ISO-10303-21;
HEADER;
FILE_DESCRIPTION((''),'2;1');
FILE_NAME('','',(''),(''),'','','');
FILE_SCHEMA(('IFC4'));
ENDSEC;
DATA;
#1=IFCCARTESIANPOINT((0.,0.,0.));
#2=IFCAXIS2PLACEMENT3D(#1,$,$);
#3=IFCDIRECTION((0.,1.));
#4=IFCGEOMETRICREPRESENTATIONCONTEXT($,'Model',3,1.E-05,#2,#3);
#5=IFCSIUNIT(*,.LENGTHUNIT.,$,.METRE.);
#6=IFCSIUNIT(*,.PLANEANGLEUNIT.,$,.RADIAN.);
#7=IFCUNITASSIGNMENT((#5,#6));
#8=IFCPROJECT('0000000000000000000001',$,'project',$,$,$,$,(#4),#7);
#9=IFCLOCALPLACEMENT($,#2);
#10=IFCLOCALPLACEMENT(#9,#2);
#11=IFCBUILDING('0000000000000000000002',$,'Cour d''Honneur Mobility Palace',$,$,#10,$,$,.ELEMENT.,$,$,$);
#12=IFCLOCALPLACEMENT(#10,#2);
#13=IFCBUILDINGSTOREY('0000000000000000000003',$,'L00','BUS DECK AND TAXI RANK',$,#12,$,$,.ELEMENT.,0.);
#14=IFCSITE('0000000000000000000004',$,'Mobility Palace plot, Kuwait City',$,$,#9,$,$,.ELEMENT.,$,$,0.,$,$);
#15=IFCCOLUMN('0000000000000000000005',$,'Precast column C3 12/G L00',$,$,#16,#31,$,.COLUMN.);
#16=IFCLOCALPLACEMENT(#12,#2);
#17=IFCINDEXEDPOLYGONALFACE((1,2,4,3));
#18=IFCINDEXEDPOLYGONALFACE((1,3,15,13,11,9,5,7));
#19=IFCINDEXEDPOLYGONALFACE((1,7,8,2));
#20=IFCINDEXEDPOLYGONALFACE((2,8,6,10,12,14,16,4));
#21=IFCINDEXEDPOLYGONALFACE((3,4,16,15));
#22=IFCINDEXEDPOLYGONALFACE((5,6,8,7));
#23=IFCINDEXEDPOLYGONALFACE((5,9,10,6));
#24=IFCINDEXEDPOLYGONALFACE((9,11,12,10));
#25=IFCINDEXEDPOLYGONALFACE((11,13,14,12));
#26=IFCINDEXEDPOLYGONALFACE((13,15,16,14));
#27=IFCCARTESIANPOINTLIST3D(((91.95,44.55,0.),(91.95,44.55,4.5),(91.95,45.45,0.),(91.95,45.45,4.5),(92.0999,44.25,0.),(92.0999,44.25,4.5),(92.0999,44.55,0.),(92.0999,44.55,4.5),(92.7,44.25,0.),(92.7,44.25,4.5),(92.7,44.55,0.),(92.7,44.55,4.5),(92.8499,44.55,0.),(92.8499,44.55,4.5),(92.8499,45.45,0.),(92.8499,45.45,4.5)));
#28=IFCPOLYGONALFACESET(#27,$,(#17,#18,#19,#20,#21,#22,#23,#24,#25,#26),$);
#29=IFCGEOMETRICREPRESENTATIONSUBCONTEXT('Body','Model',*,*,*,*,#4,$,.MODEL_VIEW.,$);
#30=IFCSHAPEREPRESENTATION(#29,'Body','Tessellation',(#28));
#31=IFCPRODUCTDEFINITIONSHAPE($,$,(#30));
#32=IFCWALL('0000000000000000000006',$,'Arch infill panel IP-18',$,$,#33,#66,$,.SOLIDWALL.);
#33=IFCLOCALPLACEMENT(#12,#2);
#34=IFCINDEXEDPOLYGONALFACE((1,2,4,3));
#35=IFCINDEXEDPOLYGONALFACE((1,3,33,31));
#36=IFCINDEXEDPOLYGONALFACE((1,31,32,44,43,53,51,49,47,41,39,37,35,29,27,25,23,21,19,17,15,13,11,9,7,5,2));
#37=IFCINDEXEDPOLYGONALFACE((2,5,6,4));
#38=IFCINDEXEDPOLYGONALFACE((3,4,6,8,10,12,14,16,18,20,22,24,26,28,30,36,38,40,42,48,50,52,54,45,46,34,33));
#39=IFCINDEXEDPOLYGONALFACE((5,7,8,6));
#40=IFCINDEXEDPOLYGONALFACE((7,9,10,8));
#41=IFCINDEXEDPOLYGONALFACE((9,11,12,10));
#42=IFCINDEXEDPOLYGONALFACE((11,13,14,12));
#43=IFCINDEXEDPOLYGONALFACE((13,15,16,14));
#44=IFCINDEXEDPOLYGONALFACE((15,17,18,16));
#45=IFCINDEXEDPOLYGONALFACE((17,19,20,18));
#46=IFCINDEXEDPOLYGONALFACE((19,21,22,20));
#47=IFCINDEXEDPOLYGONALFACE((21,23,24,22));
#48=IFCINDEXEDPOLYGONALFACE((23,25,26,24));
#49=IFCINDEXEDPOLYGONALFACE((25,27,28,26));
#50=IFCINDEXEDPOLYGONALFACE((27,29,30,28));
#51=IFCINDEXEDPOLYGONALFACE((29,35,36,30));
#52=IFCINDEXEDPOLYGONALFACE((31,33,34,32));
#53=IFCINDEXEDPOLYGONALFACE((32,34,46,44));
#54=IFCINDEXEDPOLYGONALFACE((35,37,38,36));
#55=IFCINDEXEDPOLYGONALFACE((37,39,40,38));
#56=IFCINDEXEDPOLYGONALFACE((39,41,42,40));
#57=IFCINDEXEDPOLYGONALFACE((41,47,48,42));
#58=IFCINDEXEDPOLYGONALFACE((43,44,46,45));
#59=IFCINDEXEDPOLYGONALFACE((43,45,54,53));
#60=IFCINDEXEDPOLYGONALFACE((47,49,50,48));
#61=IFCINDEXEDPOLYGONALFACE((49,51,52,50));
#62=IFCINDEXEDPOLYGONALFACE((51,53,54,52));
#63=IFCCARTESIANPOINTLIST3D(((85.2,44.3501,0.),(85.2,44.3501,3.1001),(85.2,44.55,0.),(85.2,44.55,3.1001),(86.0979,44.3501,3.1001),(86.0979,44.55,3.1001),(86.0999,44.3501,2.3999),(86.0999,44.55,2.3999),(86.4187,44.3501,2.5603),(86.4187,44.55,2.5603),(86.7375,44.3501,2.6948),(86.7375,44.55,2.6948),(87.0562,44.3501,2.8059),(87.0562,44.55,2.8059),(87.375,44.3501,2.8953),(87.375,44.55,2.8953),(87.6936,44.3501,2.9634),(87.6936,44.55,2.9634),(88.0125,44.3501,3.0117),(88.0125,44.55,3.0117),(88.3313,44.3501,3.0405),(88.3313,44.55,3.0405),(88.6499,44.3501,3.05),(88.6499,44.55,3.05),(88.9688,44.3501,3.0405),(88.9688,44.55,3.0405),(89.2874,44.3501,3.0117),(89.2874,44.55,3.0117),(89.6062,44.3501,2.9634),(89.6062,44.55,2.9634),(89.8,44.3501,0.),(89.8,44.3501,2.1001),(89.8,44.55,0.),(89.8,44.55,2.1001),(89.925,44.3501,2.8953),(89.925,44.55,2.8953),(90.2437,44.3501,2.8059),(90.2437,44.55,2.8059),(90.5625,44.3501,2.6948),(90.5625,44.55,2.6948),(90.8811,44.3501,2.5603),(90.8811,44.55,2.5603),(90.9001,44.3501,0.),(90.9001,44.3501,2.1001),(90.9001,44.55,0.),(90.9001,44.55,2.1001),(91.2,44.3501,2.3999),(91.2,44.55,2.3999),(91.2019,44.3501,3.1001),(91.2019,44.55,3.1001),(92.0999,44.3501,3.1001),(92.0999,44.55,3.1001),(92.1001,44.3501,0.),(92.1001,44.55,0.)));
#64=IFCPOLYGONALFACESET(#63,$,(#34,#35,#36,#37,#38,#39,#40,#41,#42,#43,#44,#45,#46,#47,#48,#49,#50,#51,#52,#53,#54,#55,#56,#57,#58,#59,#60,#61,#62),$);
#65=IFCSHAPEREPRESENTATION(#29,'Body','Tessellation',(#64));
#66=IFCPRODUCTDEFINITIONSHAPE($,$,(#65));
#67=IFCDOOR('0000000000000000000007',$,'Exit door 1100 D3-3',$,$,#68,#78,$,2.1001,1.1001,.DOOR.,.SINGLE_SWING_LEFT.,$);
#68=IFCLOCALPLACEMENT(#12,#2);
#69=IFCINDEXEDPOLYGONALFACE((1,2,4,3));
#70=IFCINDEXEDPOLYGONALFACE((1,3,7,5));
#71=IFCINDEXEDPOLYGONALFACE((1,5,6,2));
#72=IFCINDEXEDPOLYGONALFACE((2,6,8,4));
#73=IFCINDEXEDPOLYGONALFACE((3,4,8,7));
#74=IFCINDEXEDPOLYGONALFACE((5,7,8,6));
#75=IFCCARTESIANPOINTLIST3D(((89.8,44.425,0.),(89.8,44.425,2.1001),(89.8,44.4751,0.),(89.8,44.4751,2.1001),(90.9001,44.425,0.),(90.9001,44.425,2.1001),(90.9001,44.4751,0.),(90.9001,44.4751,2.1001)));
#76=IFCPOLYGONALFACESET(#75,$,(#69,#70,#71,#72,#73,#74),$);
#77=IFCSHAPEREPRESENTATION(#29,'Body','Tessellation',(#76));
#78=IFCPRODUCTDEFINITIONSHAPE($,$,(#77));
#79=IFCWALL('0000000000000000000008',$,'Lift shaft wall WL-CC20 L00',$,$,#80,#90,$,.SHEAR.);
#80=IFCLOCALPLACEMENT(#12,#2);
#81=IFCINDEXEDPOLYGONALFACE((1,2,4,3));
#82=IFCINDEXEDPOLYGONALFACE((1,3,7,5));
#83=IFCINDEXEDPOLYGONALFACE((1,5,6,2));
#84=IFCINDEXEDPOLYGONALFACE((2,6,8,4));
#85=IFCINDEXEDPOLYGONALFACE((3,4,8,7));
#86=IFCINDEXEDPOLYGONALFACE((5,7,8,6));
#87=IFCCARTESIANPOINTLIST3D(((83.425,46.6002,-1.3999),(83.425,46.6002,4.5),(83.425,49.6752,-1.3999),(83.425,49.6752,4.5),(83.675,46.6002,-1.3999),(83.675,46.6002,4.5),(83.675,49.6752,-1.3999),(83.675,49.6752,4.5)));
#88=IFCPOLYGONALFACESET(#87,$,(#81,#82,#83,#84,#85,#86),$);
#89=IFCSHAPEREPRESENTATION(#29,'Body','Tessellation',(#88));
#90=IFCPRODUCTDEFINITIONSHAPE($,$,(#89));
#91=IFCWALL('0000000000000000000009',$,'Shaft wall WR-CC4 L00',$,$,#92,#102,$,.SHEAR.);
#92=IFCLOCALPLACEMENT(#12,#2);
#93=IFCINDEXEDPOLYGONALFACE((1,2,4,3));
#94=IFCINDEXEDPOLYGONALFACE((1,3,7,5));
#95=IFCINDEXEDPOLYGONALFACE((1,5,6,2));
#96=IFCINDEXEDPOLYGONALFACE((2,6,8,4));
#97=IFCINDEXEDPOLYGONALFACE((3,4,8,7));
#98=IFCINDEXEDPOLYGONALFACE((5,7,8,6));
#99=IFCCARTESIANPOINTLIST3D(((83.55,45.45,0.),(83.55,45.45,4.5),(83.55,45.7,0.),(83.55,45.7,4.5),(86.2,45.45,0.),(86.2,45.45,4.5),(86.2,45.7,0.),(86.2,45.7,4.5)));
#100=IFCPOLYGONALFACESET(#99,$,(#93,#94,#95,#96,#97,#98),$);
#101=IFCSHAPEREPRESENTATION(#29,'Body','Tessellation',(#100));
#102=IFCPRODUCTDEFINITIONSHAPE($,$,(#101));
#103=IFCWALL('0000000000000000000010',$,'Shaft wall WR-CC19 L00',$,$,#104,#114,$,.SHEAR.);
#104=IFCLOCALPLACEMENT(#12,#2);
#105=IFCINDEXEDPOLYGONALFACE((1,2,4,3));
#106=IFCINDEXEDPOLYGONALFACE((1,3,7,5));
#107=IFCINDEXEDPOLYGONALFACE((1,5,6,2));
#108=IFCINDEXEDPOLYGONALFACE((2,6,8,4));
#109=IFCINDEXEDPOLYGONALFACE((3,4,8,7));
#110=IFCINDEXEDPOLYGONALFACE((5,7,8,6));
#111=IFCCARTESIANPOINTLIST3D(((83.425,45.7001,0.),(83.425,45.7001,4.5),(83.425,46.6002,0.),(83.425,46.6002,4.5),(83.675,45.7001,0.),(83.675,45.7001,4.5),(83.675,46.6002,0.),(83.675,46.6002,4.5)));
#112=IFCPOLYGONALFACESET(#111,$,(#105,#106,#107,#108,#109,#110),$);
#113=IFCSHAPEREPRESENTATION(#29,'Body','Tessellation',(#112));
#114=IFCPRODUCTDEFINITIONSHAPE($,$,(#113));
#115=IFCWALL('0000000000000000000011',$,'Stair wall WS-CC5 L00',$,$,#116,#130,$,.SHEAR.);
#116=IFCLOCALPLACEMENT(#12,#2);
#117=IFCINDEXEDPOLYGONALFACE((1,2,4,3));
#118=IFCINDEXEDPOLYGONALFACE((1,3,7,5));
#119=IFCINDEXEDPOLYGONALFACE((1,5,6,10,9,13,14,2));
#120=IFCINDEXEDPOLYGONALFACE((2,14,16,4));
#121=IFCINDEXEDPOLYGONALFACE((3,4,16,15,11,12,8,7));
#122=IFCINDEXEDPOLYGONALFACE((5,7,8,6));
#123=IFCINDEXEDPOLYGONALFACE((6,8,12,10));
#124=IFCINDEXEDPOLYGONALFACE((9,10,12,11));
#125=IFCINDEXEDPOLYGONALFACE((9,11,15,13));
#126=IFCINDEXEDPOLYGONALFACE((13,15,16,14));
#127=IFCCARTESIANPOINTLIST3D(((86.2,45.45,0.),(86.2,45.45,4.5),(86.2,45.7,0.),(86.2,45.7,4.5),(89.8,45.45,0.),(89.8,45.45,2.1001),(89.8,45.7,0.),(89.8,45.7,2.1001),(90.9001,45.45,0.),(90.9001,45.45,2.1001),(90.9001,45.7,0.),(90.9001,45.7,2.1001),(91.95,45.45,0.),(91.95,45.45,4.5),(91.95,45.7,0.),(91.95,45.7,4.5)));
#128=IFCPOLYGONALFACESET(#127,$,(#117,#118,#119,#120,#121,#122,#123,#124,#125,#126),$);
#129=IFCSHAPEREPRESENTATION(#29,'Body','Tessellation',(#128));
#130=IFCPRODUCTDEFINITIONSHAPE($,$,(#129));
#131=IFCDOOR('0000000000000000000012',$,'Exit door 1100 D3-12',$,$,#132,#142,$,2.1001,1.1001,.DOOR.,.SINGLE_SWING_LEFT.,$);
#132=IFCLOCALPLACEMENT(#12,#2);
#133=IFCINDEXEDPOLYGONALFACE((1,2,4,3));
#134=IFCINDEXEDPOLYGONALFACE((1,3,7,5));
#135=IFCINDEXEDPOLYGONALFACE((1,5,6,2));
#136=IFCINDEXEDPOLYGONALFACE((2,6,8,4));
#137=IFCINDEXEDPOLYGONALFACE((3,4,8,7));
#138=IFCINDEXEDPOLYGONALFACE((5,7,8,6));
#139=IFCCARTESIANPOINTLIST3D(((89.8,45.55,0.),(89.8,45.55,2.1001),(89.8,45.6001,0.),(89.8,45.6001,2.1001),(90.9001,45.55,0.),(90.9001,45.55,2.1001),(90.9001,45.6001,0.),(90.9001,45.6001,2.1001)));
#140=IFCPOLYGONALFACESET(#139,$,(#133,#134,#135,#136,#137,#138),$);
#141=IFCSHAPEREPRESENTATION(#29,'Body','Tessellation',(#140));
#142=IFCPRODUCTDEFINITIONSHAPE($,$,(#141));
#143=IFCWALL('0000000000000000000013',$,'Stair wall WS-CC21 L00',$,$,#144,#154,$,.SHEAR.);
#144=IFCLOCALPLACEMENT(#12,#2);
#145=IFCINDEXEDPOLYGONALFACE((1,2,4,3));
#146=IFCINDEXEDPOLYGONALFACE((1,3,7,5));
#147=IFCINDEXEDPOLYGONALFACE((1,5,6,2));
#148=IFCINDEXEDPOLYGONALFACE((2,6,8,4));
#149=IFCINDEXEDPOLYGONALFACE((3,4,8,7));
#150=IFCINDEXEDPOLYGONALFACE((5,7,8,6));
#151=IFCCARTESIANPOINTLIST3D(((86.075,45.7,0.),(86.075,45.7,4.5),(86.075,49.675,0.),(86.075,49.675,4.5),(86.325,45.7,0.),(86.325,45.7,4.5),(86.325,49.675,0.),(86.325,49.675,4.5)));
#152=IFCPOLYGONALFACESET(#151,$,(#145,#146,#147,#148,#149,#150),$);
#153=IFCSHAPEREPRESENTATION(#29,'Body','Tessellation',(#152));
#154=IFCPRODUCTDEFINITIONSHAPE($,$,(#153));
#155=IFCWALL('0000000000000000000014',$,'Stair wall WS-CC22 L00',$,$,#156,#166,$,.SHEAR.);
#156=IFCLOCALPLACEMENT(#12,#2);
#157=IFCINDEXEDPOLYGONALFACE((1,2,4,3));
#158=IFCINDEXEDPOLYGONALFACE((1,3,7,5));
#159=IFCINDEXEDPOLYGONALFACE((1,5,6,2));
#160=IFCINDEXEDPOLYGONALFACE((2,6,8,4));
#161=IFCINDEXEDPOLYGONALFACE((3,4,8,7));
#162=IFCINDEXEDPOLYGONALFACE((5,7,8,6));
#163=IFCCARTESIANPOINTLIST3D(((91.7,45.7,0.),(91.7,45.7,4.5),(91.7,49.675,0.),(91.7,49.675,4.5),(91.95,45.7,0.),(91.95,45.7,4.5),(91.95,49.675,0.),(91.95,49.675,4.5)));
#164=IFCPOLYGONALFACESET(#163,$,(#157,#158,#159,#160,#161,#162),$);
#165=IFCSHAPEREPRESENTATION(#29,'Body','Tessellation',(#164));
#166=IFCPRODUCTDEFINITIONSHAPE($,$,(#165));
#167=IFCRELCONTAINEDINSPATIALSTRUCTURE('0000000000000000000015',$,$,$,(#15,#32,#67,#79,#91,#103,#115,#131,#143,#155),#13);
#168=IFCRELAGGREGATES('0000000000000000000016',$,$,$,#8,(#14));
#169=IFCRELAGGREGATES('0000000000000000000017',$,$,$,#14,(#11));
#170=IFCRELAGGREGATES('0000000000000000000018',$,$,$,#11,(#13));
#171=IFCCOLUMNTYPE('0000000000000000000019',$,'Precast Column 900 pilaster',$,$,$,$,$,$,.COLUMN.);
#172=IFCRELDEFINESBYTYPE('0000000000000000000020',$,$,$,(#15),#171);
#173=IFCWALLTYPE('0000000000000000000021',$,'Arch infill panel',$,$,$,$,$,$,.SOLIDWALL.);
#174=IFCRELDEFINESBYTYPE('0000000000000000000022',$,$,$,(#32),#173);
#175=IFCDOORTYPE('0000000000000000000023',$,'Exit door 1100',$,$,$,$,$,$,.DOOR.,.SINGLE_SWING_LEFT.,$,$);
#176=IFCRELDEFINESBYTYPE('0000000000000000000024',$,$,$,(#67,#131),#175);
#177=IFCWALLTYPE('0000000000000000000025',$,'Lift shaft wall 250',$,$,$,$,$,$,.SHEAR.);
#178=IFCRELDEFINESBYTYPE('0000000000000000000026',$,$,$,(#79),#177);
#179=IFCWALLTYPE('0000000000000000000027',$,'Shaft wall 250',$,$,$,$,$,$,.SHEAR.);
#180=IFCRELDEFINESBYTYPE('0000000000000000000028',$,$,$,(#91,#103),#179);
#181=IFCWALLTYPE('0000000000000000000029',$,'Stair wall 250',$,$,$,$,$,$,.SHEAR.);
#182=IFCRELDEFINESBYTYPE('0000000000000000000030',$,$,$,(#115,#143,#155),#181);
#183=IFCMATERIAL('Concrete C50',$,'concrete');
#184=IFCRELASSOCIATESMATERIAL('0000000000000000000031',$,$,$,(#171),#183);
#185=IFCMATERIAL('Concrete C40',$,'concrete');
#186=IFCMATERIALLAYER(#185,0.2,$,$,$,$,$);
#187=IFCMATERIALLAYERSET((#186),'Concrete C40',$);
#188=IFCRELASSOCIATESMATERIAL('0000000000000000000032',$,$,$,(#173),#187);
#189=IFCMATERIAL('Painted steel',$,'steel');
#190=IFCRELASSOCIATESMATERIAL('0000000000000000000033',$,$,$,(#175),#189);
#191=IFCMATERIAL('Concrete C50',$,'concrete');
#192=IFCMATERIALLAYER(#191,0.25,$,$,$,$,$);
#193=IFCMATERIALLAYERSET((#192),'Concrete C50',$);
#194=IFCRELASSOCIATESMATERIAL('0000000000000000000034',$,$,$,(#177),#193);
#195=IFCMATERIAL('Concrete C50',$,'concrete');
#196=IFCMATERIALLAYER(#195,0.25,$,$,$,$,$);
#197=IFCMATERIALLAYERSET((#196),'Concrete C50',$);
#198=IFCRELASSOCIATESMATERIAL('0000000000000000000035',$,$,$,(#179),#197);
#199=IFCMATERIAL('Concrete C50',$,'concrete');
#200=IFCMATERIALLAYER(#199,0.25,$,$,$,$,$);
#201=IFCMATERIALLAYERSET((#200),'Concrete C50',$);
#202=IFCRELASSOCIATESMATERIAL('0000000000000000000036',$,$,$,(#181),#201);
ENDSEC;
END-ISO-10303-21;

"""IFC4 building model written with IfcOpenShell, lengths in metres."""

from ifc_helpers import new_model, si_unit, direction, frame, frame_2d, origin, place, context, subcontext, project, spatial, polyline, rectangle, outline, extrude, material, layer, layer_set, material_profile, profile_set, type_object, element, fill, save


model = new_model("IFC4")

# Units and contexts
model_context = context("Model", 3, precision=1e-05, world=origin(), true_north=direction((0.0, 1.0)))
body_context = subcontext(model_context, "Body", "Model", "MODEL_VIEW")
ifc_project = project(units=[si_unit("LENGTHUNIT", "METRE"), si_unit("PLANEANGLEUNIT", "RADIAN")], contexts=[model_context])

# Site, building, storey
site_placement = place(None, origin())
site = spatial("IfcSite", under=ifc_project, at=site_placement, Name="Mobility Palace plot, Kuwait City", CompositionType="ELEMENT", RefElevation=0.0)
building_placement = place(site_placement, origin())
building = spatial("IfcBuilding", under=site, at=building_placement, Name="Cour d'Honneur Mobility Palace", CompositionType="ELEMENT")
storey_placement = place(building_placement, origin())
storey = spatial("IfcBuildingStorey", under=building, at=storey_placement, Name="L00", Description="BUS DECK AND TAXI RANK", CompositionType="ELEMENT", Elevation=0.0)

# Column
ifc_material_1 = material(Name="Concrete C50", Category="concrete")
ifc_material_profile_1 = material_profile(ifc_material_1, outline(polyline([(-0.45, -0.45), (0.45, -0.45), (0.45, -0.3), (0.75, -0.3), (0.75, 0.3), (0.45, 0.3), (0.45, 0.45), (-0.45, 0.45), (-0.45, -0.45)])), Name="PC C900 pilaster")
ifc_profile_set_1 = profile_set([ifc_material_profile_1], Name="Concrete C50")
column_type = type_object("IfcColumnType", Name="Precast Column 900 pilaster", PredefinedType="COLUMN", material=ifc_profile_set_1)
for number, where, z_axis, x_axis, name in (
    (1, (92.3999, 45.0, 0.0), (0.0, 0.0, 1.0), (0.0, -1.0, 0.0), "Precast column C3 12/G L00"),
):
    element("IfcColumn", number, at=place(storey_placement, frame(where, z_axis=z_axis, x_axis=x_axis)), inside=storey, type_object=column_type, Name=name, PredefinedType="COLUMN", context=body_context, shape_type="SweptSolid", body=[
        extrude(outline(polyline([(-0.45, -0.45), (0.45, -0.45), (0.45, -0.3), (0.75, -0.3), (0.75, 0.3), (0.45, 0.3), (0.45, 0.45), (-0.45, 0.45), (-0.45, -0.45)])), origin(), (0.0, 0.0, 1.0), 4.5),
    ])

# Wall, opening, door
ifc_material_2 = material(Name="Concrete C40", Category="concrete")
ifc_layer_1 = layer(ifc_material_2, 0.2)
ifc_layer_set_1 = layer_set([ifc_layer_1], Name="Concrete C40")
wall_type_1 = type_object("IfcWallType", Name="Arch infill panel", PredefinedType="SOLIDWALL", material=ifc_layer_set_1)
wall_1_placement = place(storey_placement, frame((85.2, 44.45, 0.0), z_axis=(0.0, 0.0, 1.0), x_axis=(1.0, 0.0, 0.0)))
wall_1 = element("IfcWall", 2, at=wall_1_placement, inside=storey, type_object=wall_type_1, Name="Arch infill panel IP-18", PredefinedType="SOLIDWALL", context=body_context, shape_type="SweptSolid", body=[
    extrude(outline(polyline([(0.0, 0.0), (6.9001, 0.0), (6.8999, 3.1001), (6.002, 3.1001), (6.0, 2.3999), (5.6812, 2.5603), (5.3625, 2.6948), (5.0437, 2.8059), (4.7251, 2.8953), (4.4062, 2.9634), (4.0874, 3.0117), (3.7688, 3.0405), (3.45, 3.05), (3.1313, 3.0405), (2.8125, 3.0117), (2.4937, 2.9634), (2.175, 2.8953), (1.8562, 2.8059), (1.5376, 2.6948), (1.2188, 2.5603), (0.8999, 2.3999), (0.8979, 3.1001), (0.0, 3.1001), (0.0, 0.0)])), frame((0.0, 0.1001, 0.0), z_axis=(0.0, -1.0, 0.0), x_axis=(1.0, 0.0, 0.0)), (0.0, 0.0, 1.0), 0.2),
])
opening_1_placement = place(wall_1_placement, frame((4.6001, 0.0, 0.0)))
opening_1 = element("IfcOpeningElement", 3, at=opening_1_placement, cuts=wall_1, PredefinedType="OPENING", context=body_context, shape_type="SweptSolid", body=[
    extrude(rectangle(XDim=1.1001, YDim=2.1001, at=frame_2d((0.55, 1.05))), frame((0.0, 0.1099, 0.0), z_axis=(0.0, -1.0, 0.0), x_axis=(1.0, 0.0, 0.0)), (0.0, 0.0, 1.0), 0.22),
])
ifc_material_3 = material(Name="Painted steel", Category="steel")
door_type = type_object("IfcDoorType", Name="Exit door 1100", OperationType="SINGLE_SWING_LEFT", PredefinedType="DOOR", material=ifc_material_3)
door_1_placement = place(opening_1_placement, frame((1.1001, 0.0, 0.0), z_axis=(0.0, 0.0, 1.0), x_axis=(-1.0, 0.0, 0.0)))
door_1 = element("IfcDoor", 4, at=door_1_placement, inside=storey, type_object=door_type, Name="Exit door 1100 D3-3", OperationType="SINGLE_SWING_LEFT", OverallHeight=2.1001, OverallWidth=1.1001, PredefinedType="DOOR", context=body_context, shape_type="SweptSolid", body=[
    extrude(rectangle(XDim=1.1001, YDim=2.1001, at=frame_2d((0.55, 1.05))), frame((0.0, 0.0249, 0.0), z_axis=(0.0, -1.0, 0.0), x_axis=(1.0, 0.0, 0.0)), (0.0, 0.0, 1.0), 0.05),
])
fill(opening_1, door_1)

# Walls
ifc_material_4 = material(Name="Concrete C50", Category="concrete")
ifc_layer_2 = layer(ifc_material_4, 0.25)
ifc_layer_set_2 = layer_set([ifc_layer_2], Name="Concrete C50")
wall_type_2 = type_object("IfcWallType", Name="Lift shaft wall 250", PredefinedType="SHEAR", material=ifc_layer_set_2)
wall_2_placement = place(storey_placement, frame((83.55, 46.6001, -1.3999), z_axis=(0.0, 0.0, 1.0), x_axis=(0.0, 1.0, 0.0)))
element("IfcWall", 5, at=wall_2_placement, inside=storey, type_object=wall_type_2, Name="Lift shaft wall WL-CC20 L00", PredefinedType="SHEAR", context=body_context, shape_type="SweptSolid", body=[
    extrude(rectangle(XDim=3.075, YDim=0.25, at=frame_2d((1.5376, 0.0))), origin(), (0.0, 0.0, 1.0), 5.8999),
])
ifc_material_5 = material(Name="Concrete C50", Category="concrete")
ifc_layer_3 = layer(ifc_material_5, 0.25)
ifc_layer_set_3 = layer_set([ifc_layer_3], Name="Concrete C50")
wall_type_3 = type_object("IfcWallType", Name="Shaft wall 250", PredefinedType="SHEAR", material=ifc_layer_set_3)
wall_3_placement = place(storey_placement, frame((83.55, 45.575, 0.0), z_axis=(0.0, 0.0, 1.0), x_axis=(1.0, 0.0, 0.0)))
element("IfcWall", 6, at=wall_3_placement, inside=storey, type_object=wall_type_3, Name="Shaft wall WR-CC4 L00", PredefinedType="SHEAR", context=body_context, shape_type="SweptSolid", body=[
    extrude(rectangle(XDim=2.6499, YDim=0.25, at=frame_2d((1.325, 0.0))), origin(), (0.0, 0.0, 1.0), 4.5),
])
wall_4_placement = place(storey_placement, frame((83.55, 45.7, 0.0), z_axis=(0.0, 0.0, 1.0), x_axis=(0.0, 1.0, 0.0)))
element("IfcWall", 7, at=wall_4_placement, inside=storey, type_object=wall_type_3, Name="Shaft wall WR-CC19 L00", PredefinedType="SHEAR", context=body_context, shape_type="SweptSolid", body=[
    extrude(rectangle(XDim=0.9001, YDim=0.25, at=frame_2d((0.4502, 0.0))), origin(), (0.0, 0.0, 1.0), 4.5),
])

# Wall, opening, door
ifc_material_6 = material(Name="Concrete C50", Category="concrete")
ifc_layer_4 = layer(ifc_material_6, 0.25)
ifc_layer_set_4 = layer_set([ifc_layer_4], Name="Concrete C50")
wall_type_4 = type_object("IfcWallType", Name="Stair wall 250", PredefinedType="SHEAR", material=ifc_layer_set_4)
wall_5_placement = place(storey_placement, frame((86.2, 45.575, 0.0), z_axis=(0.0, 0.0, 1.0), x_axis=(1.0, 0.0, 0.0)))
wall_5 = element("IfcWall", 8, at=wall_5_placement, inside=storey, type_object=wall_type_4, Name="Stair wall WS-CC5 L00", PredefinedType="SHEAR", context=body_context, shape_type="SweptSolid", body=[
    extrude(rectangle(XDim=5.75, YDim=0.25, at=frame_2d((2.875, 0.0))), origin(), (0.0, 0.0, 1.0), 4.5),
])
opening_2_placement = place(wall_5_placement, frame((3.6001, 0.0, 0.0)))
opening_2 = element("IfcOpeningElement", 9, at=opening_2_placement, cuts=wall_5, PredefinedType="OPENING", context=body_context, shape_type="SweptSolid", body=[
    extrude(rectangle(XDim=1.1001, YDim=2.1001, at=frame_2d((0.55, 1.05))), frame((0.0, 0.135, 0.0), z_axis=(0.0, -1.0, 0.0), x_axis=(1.0, 0.0, 0.0)), (0.0, 0.0, 1.0), 0.27),
])
door_2_placement = place(opening_2_placement, frame((1.1001, 0.0, 0.0), z_axis=(0.0, 0.0, 1.0), x_axis=(-1.0, 0.0, 0.0)))
door_2 = element("IfcDoor", 10, at=door_2_placement, inside=storey, type_object=door_type, Name="Exit door 1100 D3-12", OperationType="SINGLE_SWING_LEFT", OverallHeight=2.1001, OverallWidth=1.1001, PredefinedType="DOOR", context=body_context, shape_type="SweptSolid", body=[
    extrude(rectangle(XDim=1.1001, YDim=2.1001, at=frame_2d((0.55, 1.05))), frame((0.0, 0.0249, 0.0), z_axis=(0.0, -1.0, 0.0), x_axis=(1.0, 0.0, 0.0)), (0.0, 0.0, 1.0), 0.05),
])
fill(opening_2, door_2)

# Walls
for number, where, z_axis, x_axis, name in (
    (11, (86.2, 45.7, 0.0), (0.0, 0.0, 1.0), (0.0, 1.0, 0.0), "Stair wall WS-CC21 L00"),
    (12, (91.825, 45.7, 0.0), (0.0, 0.0, 1.0), (0.0, 1.0, 0.0), "Stair wall WS-CC22 L00"),
):
    element("IfcWall", number, at=place(storey_placement, frame(where, z_axis=z_axis, x_axis=x_axis)), inside=storey, type_object=wall_type_4, Name=name, PredefinedType="SHEAR", context=body_context, shape_type="SweptSolid", body=[
        extrude(rectangle(XDim=3.9751, YDim=0.25, at=frame_2d((1.9875, 0.0))), origin(), (0.0, 0.0, 1.0), 4.5),
    ])

save(model, "model.ifc")
